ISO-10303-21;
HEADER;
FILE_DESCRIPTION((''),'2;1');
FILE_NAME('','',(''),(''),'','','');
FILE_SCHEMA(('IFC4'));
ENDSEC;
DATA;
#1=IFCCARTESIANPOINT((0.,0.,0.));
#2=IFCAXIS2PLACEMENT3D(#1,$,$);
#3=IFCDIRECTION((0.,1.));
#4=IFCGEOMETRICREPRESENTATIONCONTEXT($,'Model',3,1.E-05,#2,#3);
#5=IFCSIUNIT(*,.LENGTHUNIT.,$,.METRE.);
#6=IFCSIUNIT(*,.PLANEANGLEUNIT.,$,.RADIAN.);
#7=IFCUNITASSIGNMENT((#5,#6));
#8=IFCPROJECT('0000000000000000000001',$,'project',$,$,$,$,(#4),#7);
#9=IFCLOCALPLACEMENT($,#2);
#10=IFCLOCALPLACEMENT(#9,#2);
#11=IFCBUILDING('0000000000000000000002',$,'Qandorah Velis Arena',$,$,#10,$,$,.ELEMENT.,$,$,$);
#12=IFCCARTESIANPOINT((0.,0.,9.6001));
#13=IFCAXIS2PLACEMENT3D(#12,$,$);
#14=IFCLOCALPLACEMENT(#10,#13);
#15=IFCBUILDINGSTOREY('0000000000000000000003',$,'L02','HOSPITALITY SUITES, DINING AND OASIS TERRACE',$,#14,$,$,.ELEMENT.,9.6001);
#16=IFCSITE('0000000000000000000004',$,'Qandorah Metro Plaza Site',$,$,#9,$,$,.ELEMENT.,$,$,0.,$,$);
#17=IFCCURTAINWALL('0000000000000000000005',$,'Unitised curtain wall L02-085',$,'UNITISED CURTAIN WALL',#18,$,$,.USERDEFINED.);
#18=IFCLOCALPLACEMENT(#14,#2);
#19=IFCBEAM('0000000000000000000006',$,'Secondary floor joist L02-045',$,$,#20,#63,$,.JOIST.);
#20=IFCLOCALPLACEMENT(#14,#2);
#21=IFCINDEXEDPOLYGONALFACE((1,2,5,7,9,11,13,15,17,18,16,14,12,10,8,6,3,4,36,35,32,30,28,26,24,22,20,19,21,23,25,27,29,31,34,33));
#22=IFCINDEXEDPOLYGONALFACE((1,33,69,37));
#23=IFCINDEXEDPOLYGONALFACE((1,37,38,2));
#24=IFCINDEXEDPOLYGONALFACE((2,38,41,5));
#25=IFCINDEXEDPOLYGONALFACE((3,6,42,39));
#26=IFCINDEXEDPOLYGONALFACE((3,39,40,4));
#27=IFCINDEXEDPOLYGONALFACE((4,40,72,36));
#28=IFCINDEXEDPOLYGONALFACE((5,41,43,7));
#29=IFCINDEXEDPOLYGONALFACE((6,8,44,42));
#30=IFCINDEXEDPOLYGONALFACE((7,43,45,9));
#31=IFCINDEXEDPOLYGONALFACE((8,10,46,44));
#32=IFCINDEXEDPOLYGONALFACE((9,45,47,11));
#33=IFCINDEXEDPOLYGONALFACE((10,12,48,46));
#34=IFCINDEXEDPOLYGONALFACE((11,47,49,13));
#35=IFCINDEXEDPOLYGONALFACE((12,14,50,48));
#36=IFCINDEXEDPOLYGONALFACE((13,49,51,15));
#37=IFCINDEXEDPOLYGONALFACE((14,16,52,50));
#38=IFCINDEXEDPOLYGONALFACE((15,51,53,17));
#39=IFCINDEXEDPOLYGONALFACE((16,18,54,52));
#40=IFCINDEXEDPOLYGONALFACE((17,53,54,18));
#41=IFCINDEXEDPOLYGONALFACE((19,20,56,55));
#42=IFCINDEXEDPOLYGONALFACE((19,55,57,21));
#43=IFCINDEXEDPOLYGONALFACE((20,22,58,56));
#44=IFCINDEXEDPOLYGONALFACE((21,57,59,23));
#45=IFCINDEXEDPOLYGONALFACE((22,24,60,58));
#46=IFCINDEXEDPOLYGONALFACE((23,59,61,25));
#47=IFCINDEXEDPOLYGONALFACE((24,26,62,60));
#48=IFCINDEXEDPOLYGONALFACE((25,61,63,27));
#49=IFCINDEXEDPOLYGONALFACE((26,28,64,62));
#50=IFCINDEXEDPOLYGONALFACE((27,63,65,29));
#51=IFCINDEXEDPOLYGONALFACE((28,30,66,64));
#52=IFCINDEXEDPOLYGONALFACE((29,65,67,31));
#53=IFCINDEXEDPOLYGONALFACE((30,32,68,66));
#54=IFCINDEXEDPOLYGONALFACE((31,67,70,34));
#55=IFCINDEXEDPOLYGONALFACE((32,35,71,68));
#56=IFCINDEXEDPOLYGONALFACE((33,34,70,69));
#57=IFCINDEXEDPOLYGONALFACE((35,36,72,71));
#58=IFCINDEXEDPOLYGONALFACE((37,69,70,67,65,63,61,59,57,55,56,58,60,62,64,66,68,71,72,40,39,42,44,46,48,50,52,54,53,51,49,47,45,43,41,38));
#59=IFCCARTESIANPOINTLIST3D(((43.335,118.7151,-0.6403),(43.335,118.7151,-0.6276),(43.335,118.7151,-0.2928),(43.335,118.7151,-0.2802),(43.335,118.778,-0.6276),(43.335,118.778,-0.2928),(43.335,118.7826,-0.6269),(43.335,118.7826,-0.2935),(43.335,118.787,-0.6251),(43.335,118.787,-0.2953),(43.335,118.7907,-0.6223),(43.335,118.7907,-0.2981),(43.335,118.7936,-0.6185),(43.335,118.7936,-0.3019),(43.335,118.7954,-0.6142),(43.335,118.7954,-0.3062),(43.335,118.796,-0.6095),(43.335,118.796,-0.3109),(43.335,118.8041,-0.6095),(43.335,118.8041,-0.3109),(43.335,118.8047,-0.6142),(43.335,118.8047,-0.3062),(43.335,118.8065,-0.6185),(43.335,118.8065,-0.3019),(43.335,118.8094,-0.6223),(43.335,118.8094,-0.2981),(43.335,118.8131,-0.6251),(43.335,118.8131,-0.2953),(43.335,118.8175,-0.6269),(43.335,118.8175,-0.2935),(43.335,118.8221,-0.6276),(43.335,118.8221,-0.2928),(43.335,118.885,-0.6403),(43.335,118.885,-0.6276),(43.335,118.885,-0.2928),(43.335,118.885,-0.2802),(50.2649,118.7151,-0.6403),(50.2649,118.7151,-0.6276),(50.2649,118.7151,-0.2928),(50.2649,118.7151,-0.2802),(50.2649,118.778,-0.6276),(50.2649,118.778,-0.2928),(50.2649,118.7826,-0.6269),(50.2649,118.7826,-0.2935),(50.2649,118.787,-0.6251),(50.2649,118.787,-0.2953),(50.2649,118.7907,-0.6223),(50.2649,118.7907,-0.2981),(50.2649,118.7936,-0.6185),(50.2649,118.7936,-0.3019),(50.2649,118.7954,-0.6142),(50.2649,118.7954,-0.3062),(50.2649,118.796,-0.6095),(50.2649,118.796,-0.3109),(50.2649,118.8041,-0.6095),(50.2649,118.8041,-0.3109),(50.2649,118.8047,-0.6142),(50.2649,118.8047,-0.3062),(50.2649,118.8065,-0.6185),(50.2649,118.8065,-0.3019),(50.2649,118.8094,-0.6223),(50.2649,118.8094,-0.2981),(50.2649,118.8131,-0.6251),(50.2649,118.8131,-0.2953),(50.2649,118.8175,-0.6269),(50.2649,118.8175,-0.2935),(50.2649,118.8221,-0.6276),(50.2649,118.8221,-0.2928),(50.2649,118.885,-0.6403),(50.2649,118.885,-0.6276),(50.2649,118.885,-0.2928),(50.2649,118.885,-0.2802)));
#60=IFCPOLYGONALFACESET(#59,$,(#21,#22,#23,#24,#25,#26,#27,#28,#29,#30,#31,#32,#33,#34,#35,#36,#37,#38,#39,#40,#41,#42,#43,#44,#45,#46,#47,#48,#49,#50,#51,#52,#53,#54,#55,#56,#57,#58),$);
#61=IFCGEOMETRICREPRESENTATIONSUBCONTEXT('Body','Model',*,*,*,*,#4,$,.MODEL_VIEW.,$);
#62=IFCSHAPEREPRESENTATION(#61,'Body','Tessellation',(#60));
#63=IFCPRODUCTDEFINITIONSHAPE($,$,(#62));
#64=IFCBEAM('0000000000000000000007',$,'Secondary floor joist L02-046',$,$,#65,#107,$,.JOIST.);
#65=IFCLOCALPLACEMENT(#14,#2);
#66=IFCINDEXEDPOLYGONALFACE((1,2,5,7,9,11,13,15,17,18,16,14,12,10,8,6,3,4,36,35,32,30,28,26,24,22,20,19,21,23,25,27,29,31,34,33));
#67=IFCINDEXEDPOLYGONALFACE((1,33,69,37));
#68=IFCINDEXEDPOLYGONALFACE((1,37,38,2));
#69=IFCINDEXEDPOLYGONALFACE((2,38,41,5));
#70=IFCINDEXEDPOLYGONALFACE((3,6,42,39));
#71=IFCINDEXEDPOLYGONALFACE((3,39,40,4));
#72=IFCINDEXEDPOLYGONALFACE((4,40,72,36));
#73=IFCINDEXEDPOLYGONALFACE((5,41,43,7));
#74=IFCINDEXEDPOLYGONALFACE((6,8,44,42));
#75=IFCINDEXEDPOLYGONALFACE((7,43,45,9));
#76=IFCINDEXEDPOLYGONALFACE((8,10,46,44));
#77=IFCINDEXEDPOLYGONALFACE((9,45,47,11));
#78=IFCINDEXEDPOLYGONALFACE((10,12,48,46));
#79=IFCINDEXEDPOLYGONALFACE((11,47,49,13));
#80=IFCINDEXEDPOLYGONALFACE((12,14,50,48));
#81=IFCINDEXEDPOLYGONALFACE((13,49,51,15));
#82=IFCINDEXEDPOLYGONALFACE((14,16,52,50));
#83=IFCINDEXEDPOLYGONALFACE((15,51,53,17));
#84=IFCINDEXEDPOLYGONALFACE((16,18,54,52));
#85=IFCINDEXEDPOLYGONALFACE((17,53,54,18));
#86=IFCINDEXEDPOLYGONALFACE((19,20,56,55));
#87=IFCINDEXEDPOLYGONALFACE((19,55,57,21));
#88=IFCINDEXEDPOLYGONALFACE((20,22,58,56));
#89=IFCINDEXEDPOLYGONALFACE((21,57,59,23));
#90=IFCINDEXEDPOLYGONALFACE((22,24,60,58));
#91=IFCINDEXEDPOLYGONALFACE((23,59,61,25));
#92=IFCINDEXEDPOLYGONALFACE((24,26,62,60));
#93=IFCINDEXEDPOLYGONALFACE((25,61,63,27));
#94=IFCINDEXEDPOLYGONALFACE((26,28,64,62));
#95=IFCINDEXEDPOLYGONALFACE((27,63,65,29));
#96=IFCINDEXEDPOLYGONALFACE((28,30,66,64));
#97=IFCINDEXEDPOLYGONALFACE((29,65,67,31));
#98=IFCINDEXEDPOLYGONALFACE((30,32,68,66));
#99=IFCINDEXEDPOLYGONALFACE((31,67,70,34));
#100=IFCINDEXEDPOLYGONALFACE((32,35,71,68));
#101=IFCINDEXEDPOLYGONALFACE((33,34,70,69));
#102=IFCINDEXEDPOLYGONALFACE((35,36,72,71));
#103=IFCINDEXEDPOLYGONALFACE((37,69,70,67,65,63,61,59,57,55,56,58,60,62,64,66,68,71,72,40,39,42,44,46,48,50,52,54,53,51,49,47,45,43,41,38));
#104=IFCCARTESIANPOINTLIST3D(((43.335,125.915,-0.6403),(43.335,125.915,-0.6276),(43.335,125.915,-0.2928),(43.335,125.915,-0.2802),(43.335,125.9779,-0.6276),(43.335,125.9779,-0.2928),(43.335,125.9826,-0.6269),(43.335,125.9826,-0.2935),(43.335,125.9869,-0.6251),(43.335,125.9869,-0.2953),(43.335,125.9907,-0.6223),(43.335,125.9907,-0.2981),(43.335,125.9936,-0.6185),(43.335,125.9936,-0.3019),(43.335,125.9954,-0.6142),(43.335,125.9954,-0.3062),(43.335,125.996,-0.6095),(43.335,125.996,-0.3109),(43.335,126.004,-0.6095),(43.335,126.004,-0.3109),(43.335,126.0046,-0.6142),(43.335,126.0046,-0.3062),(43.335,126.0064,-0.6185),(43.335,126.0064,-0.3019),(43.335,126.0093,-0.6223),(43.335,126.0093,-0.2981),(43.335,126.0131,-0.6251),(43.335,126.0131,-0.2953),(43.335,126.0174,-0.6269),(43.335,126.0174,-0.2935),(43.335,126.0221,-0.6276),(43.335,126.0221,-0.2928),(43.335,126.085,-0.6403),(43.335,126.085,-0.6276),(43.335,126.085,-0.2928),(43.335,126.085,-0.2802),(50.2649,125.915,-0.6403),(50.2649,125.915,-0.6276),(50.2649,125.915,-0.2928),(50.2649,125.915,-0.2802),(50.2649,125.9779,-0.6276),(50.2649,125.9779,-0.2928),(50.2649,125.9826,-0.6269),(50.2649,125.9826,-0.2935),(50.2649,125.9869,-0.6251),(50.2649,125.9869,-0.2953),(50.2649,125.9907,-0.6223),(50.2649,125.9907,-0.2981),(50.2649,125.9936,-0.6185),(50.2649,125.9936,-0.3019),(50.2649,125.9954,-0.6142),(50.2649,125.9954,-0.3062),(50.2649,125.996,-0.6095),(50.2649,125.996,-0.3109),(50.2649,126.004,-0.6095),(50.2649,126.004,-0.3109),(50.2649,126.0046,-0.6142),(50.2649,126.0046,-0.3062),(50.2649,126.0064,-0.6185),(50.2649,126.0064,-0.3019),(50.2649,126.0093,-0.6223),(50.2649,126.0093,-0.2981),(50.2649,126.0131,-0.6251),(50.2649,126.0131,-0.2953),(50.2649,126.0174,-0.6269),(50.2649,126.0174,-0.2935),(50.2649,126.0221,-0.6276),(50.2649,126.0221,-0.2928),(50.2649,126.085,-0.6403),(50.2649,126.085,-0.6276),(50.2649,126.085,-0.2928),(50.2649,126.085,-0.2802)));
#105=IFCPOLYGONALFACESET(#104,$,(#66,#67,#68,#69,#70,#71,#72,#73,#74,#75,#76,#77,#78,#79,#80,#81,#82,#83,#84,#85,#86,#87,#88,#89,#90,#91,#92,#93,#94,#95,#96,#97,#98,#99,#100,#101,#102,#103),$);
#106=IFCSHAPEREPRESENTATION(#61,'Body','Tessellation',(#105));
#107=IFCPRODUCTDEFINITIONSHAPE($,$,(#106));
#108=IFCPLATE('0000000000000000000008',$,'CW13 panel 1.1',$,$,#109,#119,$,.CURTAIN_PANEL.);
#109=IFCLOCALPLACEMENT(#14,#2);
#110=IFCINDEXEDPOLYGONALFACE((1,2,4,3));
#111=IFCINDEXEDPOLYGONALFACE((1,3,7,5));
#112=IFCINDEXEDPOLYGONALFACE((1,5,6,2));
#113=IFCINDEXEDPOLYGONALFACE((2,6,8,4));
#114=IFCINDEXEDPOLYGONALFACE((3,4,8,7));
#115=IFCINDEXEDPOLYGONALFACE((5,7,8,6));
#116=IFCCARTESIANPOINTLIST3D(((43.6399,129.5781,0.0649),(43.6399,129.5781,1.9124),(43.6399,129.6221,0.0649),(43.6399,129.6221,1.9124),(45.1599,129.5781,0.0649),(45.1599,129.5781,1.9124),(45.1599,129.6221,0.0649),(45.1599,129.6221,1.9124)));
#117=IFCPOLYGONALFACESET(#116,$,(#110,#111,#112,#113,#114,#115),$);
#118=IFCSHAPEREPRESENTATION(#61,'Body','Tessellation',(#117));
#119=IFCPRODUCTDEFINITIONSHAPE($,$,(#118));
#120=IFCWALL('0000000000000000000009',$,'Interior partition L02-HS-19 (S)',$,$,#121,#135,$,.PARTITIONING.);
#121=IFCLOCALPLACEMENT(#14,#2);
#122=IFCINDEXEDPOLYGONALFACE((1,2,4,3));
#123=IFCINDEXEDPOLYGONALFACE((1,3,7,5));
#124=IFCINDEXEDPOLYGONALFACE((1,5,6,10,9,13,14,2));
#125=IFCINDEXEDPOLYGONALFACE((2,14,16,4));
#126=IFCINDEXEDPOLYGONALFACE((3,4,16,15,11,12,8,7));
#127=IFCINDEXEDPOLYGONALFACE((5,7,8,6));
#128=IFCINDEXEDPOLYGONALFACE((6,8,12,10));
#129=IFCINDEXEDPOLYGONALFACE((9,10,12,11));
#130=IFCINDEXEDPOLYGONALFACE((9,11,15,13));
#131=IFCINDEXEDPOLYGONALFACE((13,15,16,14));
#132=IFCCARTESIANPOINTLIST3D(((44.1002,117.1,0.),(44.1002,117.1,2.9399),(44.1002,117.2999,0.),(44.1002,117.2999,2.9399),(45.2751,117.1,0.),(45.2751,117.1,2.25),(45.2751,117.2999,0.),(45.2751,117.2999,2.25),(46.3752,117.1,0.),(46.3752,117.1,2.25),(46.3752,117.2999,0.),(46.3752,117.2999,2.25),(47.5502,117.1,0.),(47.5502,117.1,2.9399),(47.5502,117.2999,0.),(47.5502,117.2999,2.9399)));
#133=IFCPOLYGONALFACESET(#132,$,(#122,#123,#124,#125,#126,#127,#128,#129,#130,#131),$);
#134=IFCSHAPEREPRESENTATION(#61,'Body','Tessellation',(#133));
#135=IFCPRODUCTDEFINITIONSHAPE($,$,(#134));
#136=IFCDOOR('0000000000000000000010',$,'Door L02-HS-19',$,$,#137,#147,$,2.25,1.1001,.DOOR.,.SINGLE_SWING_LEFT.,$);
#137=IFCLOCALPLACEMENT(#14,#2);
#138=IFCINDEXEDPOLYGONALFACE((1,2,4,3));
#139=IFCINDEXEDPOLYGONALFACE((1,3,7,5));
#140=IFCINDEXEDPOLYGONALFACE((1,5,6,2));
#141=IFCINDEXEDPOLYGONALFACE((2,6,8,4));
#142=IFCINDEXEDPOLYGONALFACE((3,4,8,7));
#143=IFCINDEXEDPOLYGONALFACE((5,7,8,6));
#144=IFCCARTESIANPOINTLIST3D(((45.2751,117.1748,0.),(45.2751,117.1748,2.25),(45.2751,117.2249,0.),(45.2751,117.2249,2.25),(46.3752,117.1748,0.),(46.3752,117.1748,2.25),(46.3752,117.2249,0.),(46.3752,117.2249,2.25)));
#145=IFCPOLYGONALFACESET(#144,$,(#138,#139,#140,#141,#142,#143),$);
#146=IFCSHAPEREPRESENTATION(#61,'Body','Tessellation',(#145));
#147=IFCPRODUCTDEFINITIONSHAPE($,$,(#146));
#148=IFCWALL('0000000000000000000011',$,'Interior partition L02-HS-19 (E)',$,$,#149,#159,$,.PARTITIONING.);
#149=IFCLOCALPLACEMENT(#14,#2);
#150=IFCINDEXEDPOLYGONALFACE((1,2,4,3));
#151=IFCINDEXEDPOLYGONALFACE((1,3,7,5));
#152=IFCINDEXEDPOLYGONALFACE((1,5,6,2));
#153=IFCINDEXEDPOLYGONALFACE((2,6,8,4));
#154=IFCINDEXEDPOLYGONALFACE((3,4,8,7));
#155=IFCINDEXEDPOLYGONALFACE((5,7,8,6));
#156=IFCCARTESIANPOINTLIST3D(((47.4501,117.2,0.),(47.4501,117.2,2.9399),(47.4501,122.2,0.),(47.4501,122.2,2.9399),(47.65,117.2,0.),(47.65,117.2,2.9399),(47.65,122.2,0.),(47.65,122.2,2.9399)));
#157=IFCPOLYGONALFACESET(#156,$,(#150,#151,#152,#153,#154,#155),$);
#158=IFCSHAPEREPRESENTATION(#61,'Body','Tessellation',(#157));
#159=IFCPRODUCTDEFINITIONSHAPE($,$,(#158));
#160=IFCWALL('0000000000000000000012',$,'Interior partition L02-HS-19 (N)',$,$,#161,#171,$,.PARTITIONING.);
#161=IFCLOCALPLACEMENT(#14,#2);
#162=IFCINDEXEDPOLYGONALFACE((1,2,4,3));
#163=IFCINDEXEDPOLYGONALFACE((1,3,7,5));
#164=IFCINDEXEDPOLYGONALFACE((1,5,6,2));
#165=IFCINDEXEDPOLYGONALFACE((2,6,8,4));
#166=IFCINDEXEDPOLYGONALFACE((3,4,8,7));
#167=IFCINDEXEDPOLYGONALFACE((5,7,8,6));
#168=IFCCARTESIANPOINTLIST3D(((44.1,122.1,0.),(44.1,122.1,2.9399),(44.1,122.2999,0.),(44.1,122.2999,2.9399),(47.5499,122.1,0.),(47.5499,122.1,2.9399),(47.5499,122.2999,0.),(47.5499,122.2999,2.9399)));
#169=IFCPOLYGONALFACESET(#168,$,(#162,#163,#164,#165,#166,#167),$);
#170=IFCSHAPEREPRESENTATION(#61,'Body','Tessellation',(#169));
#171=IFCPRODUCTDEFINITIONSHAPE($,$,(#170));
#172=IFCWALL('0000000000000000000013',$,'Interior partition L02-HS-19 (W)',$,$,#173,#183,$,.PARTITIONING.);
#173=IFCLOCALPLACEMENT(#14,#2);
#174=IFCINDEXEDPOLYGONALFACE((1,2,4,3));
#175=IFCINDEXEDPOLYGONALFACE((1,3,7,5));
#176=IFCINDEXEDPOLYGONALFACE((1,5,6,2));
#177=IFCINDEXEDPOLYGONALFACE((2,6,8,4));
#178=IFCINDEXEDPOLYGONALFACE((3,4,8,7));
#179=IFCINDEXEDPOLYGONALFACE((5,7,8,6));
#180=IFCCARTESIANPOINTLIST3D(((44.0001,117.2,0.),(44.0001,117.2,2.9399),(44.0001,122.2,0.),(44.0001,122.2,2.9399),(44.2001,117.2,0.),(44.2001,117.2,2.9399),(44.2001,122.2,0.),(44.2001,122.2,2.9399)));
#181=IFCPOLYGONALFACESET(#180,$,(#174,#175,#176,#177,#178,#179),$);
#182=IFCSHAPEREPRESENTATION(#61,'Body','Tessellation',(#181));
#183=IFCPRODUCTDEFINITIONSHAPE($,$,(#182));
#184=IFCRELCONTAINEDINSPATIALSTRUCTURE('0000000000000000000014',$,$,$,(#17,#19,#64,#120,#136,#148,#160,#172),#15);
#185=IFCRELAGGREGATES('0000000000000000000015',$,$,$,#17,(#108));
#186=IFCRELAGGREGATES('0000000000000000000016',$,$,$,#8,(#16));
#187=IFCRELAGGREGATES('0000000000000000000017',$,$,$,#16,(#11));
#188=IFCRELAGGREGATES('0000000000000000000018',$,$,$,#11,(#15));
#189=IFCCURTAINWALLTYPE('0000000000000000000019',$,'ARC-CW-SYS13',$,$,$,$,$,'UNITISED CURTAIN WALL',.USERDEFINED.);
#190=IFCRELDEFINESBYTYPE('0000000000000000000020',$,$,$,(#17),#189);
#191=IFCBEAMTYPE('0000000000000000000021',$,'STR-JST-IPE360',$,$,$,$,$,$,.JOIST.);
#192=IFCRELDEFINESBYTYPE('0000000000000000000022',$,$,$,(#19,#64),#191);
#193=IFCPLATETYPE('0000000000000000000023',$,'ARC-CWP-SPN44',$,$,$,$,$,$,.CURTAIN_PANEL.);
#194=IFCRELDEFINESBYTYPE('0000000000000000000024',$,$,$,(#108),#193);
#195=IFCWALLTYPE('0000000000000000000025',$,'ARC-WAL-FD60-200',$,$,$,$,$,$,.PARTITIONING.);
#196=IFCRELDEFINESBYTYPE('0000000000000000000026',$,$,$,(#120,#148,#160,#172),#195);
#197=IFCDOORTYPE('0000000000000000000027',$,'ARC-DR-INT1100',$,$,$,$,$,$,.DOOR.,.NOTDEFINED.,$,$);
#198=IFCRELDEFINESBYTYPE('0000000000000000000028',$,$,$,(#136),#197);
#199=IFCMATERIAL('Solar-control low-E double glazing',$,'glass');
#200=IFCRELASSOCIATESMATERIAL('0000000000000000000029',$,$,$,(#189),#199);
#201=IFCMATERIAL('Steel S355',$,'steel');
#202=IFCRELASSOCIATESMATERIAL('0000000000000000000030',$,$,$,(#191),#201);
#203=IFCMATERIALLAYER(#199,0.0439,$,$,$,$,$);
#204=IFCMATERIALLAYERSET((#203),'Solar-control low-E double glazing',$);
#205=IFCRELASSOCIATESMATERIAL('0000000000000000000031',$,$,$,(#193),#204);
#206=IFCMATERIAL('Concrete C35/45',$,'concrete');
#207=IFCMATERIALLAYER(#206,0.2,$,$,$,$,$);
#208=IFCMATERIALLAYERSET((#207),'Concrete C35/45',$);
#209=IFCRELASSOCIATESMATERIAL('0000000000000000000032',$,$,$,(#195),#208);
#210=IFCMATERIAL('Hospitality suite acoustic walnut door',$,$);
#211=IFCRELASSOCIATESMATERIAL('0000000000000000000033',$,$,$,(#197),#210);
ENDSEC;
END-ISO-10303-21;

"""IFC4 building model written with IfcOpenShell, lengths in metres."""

from ifc_helpers import new_model, si_unit, direction, frame, frame_2d, origin, origin_2d, place, context, subcontext, project, spatial, rectangle, i_section, extrude, material, layer, layer_set, material_profile, profile_set, type_object, element, fill, aggregate, save


model = new_model("IFC4")

# Units and contexts
model_context = context("Model", 3, precision=1e-05, world=origin(), true_north=direction((0.0, 1.0)))
body_context = subcontext(model_context, "Body", "Model", "MODEL_VIEW")
ifc_project = project(units=[si_unit("LENGTHUNIT", "METRE"), si_unit("PLANEANGLEUNIT", "RADIAN")], contexts=[model_context])

# Site, building, storey
site_placement = place(None, origin())
site = spatial("IfcSite", under=ifc_project, at=site_placement, Name="Qandorah Metro Plaza Site", CompositionType="ELEMENT", RefElevation=0.0)
building_placement = place(site_placement, origin())
building = spatial("IfcBuilding", under=site, at=building_placement, Name="Qandorah Velis Arena", CompositionType="ELEMENT")
storey_placement = place(building_placement, frame((0.0, 0.0, 9.6001)))
storey = spatial("IfcBuildingStorey", under=building, at=storey_placement, Name="L02", Description="HOSPITALITY SUITES, DINING AND OASIS TERRACE", CompositionType="ELEMENT", Elevation=9.6001)

# Curtain wall
ifc_material_1 = material(Name="Solar-control low-E double glazing", Category="glass")
curtain_wall_type = type_object("IfcCurtainWallType", Name="ARC-CW-SYS13", ElementType="UNITISED CURTAIN WALL", PredefinedType="USERDEFINED", material=ifc_material_1)
curtain_wall_placement = place(storey_placement, origin())
curtain_wall = element("IfcCurtainWall", 1, at=curtain_wall_placement, inside=storey, type_object=curtain_wall_type, Name="Unitised curtain wall L02-085", ObjectType="UNITISED CURTAIN WALL", PredefinedType="USERDEFINED")

# Beams
ifc_material_2 = material(Name="Steel S355", Category="steel")
ifc_material_profile_1 = material_profile(ifc_material_2, i_section(OverallWidth=0.1699, OverallDepth=0.3601, WebThickness=0.0081, FlangeThickness=0.0127, FilletRadius=0.0181, at=origin_2d()), Name="IPE 360")
ifc_profile_set_1 = profile_set([ifc_material_profile_1], Name="Steel S355")
beam_type_1 = type_object("IfcBeamType", Name="STR-JST-IPE360", PredefinedType="JOIST", material=ifc_profile_set_1)
for number, where, z_axis, x_axis, name in (
    (2, (43.335, 118.8, -0.4602), (1.0, 0.0, 0.0), (0.0, 1.0, 0.0), "Secondary floor joist L02-045"),
    (3, (43.335, 126.0, -0.4602), (1.0, 0.0, 0.0), (0.0, 1.0, 0.0), "Secondary floor joist L02-046"),
):
    element("IfcBeam", number, at=place(storey_placement, frame(where, z_axis=z_axis, x_axis=x_axis)), inside=storey, type_object=beam_type_1, Name=name, PredefinedType="JOIST", context=body_context, shape_type="SweptSolid", body=[
        extrude(i_section(OverallWidth=0.1699, OverallDepth=0.3601, WebThickness=0.0081, FlangeThickness=0.0127, FilletRadius=0.0181, at=origin_2d()), origin(), (0.0, 0.0, 1.0), 6.9299),
    ])

# Plate
ifc_layer_1 = layer(ifc_material_1, 0.0439)
ifc_layer_set_1 = layer_set([ifc_layer_1], Name="Solar-control low-E double glazing")
plate_type = type_object("IfcPlateType", Name="ARC-CWP-SPN44", PredefinedType="CURTAIN_PANEL", material=ifc_layer_set_1)
plate_placement = place(storey_placement, frame((44.3999, 129.6001, 0.0649), z_axis=(0.0, 0.0, 1.0), x_axis=(1.0, 0.0, 0.0)))
plate = element("IfcPlate", 4, at=plate_placement, type_object=plate_type, Name="CW13 panel 1.1", PredefinedType="CURTAIN_PANEL", context=body_context, shape_type="SweptSolid", body=[
    extrude(rectangle(XDim=1.52, YDim=0.0439, at=origin_2d()), origin(), (0.0, 0.0, 1.0), 1.8474),
])
aggregate(curtain_wall, [plate])

# Wall, opening, door
ifc_material_3 = material(Name="Concrete C35/45", Category="concrete")
ifc_layer_2 = layer(ifc_material_3, 0.2)
ifc_layer_set_2 = layer_set([ifc_layer_2], Name="Concrete C35/45")
wall_type_1 = type_object("IfcWallType", Name="ARC-WAL-FD60-200", PredefinedType="PARTITIONING", material=ifc_layer_set_2)
wall_1_placement = place(storey_placement, frame((44.1001, 117.2, 0.0), z_axis=(0.0, 0.0, 1.0), x_axis=(1.0, 0.0, 0.0)))
wall_1 = element("IfcWall", 5, at=wall_1_placement, inside=storey, type_object=wall_type_1, Name="Interior partition L02-HS-19 (S)", PredefinedType="PARTITIONING", context=body_context, shape_type="SweptSolid", body=[
    extrude(rectangle(XDim=3.45, YDim=0.2, at=frame_2d((1.7251, 0.0))), origin(), (0.0, 0.0, 1.0), 2.9399),
])
opening_1_placement = place(wall_1_placement, frame((1.175, 0.0, 0.0)))
opening_1 = element("IfcOpeningElement", 6, at=opening_1_placement, cuts=wall_1, PredefinedType="OPENING", context=body_context, shape_type="SweptSolid", body=[
    extrude(rectangle(XDim=1.1001, YDim=2.25, at=frame_2d((0.55, 1.125))), frame((0.0, 0.1099, 0.0), z_axis=(0.0, -1.0, 0.0), x_axis=(1.0, 0.0, 0.0)), (0.0, 0.0, 1.0), 0.22),
])
ifc_material_4 = material(Name="Hospitality suite acoustic walnut door")
door_type_1 = type_object("IfcDoorType", Name="ARC-DR-INT1100", OperationType="NOTDEFINED", PredefinedType="DOOR", material=ifc_material_4)
door_1_placement = place(opening_1_placement, origin())
door_1 = element("IfcDoor", 7, at=door_1_placement, inside=storey, type_object=door_type_1, Name="Door L02-HS-19", OperationType="SINGLE_SWING_LEFT", OverallHeight=2.25, OverallWidth=1.1001, PredefinedType="DOOR", context=body_context, shape_type="SweptSolid", body=[
    extrude(rectangle(XDim=1.1001, YDim=2.25, at=frame_2d((0.55, 1.125))), frame((0.0, 0.0249, 0.0), z_axis=(0.0, -1.0, 0.0), x_axis=(1.0, 0.0, 0.0)), (0.0, 0.0, 1.0), 0.05),
])
fill(opening_1, door_1)

# Walls
wall_2_placement = place(storey_placement, frame((47.55, 117.2, 0.0), z_axis=(0.0, 0.0, 1.0), x_axis=(0.0, 1.0, 0.0)))
element("IfcWall", 8, at=wall_2_placement, inside=storey, type_object=wall_type_1, Name="Interior partition L02-HS-19 (E)", PredefinedType="PARTITIONING", context=body_context, shape_type="SweptSolid", body=[
    extrude(rectangle(XDim=5.0, YDim=0.2, at=frame_2d((2.5, 0.0))), origin(), (0.0, 0.0, 1.0), 2.9399),
])
wall_3_placement = place(storey_placement, frame((47.55, 122.2, 0.0), z_axis=(0.0, 0.0, 1.0), x_axis=(-1.0, 0.0, 0.0)))
element("IfcWall", 9, at=wall_3_placement, inside=storey, type_object=wall_type_1, Name="Interior partition L02-HS-19 (N)", PredefinedType="PARTITIONING", context=body_context, shape_type="SweptSolid", body=[
    extrude(rectangle(XDim=3.45, YDim=0.2, at=frame_2d((1.7251, 0.0))), origin(), (0.0, 0.0, 1.0), 2.9399),
])
wall_4_placement = place(storey_placement, frame((44.1001, 122.2, 0.0), z_axis=(0.0, 0.0, 1.0), x_axis=(0.0, -1.0, 0.0)))
element("IfcWall", 10, at=wall_4_placement, inside=storey, type_object=wall_type_1, Name="Interior partition L02-HS-19 (W)", PredefinedType="PARTITIONING", context=body_context, shape_type="SweptSolid", body=[
    extrude(rectangle(XDim=5.0, YDim=0.2, at=frame_2d((2.5, 0.0))), origin(), (0.0, 0.0, 1.0), 2.9399),
])

save(model, "model.ifc")
